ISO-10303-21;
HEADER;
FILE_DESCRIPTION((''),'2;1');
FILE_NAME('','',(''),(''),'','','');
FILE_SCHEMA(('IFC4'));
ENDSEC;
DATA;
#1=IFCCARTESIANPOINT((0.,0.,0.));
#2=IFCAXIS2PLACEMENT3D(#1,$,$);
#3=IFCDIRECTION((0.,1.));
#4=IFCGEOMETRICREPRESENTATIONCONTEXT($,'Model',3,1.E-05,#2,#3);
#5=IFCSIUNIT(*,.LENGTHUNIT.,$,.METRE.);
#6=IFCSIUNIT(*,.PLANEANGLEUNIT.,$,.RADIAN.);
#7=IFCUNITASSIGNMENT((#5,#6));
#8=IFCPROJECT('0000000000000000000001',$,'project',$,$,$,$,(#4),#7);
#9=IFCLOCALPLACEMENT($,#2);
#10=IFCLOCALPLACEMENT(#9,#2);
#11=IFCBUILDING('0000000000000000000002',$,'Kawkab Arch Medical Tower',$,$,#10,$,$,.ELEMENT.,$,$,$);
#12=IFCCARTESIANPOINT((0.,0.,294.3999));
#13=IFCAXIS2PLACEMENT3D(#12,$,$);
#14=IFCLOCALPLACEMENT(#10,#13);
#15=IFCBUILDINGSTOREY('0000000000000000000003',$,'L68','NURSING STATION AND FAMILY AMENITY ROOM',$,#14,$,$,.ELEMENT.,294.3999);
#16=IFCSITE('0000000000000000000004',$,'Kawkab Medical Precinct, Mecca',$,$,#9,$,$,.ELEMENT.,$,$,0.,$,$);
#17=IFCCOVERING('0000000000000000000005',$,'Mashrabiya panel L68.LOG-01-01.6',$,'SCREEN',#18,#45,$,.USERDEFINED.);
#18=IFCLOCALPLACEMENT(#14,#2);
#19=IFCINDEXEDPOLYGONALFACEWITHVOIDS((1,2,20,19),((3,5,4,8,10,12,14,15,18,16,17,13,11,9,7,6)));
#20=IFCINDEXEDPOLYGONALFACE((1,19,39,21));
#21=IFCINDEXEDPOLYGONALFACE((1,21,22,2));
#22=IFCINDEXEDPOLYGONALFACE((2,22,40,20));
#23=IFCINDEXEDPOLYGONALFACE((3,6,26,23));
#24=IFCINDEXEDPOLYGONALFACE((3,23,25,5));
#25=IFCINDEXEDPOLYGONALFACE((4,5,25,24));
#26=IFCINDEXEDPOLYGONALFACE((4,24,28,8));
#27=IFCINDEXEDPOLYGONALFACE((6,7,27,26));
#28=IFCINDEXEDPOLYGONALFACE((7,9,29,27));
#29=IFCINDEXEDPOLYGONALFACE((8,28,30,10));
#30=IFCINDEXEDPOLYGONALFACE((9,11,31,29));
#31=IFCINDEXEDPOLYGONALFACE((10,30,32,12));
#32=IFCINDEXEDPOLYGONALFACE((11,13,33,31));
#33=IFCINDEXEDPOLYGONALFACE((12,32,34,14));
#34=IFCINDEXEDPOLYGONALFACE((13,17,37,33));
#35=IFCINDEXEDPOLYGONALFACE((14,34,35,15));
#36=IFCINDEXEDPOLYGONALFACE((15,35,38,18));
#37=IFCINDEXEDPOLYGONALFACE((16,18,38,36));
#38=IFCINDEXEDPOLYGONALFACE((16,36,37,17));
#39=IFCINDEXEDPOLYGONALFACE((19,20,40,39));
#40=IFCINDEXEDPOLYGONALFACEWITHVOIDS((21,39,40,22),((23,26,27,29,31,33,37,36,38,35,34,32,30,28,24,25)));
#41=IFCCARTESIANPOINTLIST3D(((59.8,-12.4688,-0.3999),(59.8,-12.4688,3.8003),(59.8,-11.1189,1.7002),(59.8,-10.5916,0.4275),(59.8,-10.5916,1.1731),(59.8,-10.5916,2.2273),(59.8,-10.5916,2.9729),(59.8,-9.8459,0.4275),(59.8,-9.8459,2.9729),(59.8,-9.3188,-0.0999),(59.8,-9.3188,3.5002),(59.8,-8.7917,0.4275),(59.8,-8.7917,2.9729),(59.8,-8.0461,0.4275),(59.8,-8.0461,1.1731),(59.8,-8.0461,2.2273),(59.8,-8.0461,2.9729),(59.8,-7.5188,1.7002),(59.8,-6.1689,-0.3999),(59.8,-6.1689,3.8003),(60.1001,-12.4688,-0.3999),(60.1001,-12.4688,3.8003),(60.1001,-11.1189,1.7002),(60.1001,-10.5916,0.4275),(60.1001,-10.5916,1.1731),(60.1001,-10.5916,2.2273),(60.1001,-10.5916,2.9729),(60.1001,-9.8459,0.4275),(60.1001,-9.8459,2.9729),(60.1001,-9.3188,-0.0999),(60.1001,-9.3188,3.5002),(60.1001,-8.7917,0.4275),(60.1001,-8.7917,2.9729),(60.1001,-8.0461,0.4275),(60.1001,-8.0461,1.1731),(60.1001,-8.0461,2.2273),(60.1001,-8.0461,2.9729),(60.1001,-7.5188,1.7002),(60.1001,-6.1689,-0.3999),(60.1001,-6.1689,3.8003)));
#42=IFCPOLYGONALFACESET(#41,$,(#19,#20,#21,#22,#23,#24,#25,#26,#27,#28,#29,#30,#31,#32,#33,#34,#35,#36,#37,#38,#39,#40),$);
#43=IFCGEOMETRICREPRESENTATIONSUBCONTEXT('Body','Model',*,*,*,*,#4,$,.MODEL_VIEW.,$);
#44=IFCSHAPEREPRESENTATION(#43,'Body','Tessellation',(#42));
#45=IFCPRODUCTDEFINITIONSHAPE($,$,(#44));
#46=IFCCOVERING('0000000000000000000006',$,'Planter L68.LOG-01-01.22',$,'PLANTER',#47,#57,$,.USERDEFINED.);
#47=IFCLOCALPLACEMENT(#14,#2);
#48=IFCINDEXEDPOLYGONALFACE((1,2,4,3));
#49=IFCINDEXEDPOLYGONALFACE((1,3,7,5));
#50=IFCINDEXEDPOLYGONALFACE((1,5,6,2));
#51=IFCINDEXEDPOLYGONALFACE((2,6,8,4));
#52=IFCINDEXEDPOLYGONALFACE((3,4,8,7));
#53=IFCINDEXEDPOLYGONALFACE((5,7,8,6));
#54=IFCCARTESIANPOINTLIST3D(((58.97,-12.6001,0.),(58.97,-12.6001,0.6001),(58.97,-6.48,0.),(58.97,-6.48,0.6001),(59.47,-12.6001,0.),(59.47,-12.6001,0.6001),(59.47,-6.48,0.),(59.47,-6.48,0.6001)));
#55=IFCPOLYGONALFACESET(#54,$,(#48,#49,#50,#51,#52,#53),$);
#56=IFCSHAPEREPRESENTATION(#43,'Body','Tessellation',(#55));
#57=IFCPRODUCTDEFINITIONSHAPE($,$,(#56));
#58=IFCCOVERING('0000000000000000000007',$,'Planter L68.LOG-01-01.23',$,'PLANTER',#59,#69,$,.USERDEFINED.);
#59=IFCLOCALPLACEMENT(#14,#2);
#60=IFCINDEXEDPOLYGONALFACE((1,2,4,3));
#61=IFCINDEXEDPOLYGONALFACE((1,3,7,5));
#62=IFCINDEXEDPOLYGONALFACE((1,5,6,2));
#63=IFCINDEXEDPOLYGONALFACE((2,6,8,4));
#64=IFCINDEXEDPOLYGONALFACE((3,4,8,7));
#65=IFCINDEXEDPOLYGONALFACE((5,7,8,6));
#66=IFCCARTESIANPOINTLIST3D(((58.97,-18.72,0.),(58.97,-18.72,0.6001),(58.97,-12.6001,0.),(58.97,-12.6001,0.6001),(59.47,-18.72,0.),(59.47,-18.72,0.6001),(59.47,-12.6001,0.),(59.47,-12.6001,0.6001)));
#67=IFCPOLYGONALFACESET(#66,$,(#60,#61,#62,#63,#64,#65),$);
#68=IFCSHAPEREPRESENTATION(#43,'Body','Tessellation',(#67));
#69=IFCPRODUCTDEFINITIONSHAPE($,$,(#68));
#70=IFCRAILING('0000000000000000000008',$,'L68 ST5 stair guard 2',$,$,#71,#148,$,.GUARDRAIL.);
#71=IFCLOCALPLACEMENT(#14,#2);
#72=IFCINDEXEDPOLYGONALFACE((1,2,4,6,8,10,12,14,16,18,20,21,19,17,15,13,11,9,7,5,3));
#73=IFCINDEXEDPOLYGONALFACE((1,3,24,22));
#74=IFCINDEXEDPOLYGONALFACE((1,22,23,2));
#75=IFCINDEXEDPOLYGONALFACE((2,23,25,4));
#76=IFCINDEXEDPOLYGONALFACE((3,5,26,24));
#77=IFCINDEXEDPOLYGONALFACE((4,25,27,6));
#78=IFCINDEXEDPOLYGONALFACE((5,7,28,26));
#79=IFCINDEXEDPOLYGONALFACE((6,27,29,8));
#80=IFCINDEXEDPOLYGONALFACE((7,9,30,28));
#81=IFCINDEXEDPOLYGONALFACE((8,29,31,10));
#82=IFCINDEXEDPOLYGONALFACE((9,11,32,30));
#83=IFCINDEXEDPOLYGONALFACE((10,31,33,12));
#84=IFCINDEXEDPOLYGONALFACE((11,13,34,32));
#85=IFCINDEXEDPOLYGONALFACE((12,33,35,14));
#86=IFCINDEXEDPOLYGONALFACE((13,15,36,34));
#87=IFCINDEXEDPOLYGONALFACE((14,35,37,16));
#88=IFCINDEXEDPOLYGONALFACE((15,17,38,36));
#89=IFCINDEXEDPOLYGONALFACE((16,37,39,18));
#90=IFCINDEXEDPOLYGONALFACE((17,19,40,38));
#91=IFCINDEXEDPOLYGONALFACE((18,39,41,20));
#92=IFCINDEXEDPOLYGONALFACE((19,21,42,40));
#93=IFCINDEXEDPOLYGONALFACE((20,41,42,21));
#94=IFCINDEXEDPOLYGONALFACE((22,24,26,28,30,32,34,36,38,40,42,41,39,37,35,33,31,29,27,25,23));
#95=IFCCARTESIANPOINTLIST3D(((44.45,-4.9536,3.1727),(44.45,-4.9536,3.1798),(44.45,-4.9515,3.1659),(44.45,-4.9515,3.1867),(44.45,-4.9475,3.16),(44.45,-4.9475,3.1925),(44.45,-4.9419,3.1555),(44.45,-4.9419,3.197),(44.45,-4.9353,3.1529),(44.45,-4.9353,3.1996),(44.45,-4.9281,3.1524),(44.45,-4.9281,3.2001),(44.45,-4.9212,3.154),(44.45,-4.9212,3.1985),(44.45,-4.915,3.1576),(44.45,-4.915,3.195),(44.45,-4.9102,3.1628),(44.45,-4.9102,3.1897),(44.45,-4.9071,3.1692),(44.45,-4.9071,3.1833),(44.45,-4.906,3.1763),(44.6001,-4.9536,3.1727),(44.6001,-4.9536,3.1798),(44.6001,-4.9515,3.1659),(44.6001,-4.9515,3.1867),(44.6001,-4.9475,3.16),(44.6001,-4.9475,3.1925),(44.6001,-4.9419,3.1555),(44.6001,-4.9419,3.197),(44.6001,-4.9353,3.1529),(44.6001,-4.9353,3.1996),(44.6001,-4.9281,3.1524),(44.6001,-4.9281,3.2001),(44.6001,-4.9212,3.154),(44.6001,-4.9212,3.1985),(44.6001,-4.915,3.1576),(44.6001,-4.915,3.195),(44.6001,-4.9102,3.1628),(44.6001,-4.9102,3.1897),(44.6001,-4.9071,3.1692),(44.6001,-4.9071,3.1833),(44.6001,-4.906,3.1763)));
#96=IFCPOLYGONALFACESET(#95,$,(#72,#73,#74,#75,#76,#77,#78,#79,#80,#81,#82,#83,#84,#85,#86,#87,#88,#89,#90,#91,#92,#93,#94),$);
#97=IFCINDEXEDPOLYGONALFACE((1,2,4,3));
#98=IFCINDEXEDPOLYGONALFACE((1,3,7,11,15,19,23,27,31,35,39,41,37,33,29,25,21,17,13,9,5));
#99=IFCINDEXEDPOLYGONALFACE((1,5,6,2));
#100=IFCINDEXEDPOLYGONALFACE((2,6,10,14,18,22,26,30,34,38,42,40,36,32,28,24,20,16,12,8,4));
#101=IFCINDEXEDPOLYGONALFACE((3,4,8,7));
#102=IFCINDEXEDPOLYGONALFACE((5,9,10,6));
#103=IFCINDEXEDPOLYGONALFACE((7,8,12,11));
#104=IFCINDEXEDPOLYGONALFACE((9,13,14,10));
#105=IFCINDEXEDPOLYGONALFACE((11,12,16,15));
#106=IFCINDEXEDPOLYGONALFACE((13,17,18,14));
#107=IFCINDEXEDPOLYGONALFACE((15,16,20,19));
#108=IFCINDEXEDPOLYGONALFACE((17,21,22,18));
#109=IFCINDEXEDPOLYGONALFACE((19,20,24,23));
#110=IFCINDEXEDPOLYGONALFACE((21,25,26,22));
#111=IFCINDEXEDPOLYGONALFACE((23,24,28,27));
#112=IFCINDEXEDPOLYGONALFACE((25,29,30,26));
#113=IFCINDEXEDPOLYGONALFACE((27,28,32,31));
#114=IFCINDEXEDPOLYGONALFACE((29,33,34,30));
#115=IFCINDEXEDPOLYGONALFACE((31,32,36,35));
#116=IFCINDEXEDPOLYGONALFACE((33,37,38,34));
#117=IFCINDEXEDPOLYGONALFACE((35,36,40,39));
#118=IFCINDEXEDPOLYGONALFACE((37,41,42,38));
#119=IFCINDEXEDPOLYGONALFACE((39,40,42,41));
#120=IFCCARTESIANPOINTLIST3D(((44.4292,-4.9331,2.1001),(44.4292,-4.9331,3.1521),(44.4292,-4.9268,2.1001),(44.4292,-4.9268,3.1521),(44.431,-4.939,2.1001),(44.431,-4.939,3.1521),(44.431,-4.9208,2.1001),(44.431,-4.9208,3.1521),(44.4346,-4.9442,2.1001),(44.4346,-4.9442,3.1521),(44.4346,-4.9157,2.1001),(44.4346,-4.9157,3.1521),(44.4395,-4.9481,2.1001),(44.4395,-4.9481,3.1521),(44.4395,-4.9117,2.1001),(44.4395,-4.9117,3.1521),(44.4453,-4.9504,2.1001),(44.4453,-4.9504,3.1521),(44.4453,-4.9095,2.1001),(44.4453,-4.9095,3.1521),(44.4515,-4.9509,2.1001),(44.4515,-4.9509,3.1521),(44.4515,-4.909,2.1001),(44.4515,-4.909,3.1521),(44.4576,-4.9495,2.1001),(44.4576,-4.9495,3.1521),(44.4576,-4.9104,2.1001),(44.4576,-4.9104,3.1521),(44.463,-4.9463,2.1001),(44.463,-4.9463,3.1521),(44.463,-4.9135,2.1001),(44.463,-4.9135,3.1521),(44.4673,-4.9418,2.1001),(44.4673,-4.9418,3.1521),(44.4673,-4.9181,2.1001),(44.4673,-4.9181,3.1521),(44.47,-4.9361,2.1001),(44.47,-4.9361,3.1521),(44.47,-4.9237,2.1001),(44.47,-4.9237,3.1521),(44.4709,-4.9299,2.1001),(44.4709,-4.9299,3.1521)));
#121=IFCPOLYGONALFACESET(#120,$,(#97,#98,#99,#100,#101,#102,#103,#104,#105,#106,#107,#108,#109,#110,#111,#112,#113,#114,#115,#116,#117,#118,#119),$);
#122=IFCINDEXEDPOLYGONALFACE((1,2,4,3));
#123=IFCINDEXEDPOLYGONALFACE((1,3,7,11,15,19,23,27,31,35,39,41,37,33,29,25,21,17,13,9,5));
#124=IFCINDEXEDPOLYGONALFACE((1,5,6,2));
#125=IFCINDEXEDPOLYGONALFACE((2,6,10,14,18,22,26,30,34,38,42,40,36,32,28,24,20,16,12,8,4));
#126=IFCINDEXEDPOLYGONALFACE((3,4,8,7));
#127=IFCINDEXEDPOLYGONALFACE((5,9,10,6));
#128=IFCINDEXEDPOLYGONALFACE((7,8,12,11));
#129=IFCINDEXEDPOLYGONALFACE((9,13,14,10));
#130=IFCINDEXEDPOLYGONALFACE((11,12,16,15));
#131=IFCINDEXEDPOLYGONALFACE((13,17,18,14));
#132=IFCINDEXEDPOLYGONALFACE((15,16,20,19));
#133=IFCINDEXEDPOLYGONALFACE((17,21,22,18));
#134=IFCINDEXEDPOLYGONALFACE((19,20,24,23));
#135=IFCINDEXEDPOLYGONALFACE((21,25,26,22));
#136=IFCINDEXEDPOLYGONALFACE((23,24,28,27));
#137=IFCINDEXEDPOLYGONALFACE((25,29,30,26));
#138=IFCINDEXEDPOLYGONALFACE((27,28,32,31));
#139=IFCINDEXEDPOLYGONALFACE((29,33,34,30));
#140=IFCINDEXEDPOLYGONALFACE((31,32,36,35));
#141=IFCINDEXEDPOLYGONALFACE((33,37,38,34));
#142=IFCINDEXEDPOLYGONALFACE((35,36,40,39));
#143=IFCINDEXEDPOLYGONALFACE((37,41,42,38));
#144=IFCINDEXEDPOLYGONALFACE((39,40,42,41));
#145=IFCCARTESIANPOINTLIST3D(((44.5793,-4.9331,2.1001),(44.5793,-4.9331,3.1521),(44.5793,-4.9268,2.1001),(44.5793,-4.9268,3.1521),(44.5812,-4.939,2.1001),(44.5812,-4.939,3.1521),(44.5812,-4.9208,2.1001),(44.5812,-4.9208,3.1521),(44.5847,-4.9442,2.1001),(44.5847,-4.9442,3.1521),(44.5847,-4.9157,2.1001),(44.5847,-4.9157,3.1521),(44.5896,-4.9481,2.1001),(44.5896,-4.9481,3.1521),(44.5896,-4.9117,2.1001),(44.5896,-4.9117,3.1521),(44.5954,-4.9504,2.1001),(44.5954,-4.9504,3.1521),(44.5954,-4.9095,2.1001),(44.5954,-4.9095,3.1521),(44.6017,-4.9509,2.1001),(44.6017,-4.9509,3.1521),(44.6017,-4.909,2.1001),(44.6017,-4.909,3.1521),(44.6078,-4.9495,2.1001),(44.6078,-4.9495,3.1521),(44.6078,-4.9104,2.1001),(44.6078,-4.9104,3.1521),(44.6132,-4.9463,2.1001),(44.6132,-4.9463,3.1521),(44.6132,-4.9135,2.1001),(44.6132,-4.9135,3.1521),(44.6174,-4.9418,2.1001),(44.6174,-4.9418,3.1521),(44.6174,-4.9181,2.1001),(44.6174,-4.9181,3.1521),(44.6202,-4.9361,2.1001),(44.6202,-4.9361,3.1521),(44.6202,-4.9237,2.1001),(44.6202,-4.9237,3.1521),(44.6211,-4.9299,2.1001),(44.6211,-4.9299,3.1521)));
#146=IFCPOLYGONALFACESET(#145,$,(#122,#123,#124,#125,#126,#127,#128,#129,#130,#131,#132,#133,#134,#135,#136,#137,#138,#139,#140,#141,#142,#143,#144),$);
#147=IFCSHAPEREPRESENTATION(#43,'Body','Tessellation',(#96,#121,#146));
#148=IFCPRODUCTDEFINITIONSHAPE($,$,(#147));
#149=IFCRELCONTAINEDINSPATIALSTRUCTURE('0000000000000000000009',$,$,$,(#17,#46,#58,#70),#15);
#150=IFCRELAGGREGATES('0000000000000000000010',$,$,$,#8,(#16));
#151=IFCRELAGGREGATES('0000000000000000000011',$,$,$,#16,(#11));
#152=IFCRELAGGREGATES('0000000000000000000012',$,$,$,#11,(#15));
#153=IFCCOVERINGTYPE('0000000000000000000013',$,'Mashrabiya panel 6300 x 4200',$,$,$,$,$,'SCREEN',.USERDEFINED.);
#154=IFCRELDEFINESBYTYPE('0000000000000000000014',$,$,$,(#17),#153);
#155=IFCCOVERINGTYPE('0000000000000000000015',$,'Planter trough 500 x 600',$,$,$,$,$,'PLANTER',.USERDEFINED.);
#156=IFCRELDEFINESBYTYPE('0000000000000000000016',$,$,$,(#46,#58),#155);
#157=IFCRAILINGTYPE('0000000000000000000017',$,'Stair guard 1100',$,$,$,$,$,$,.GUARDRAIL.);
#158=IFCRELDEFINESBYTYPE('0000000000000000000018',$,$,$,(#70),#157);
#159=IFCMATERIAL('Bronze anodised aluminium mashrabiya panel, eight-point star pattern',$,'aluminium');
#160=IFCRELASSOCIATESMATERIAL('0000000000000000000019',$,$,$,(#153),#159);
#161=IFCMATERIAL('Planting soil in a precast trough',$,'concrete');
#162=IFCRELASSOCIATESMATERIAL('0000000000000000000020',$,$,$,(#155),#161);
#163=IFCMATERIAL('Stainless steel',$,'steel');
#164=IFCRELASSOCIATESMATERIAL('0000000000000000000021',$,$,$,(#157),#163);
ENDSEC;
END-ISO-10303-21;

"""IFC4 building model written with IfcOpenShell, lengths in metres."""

from ifc_helpers import new_model, si_unit, direction, frame, origin, origin_2d, place, context, subcontext, project, spatial, polyline, rectangle, circle, outline, extrude, material, material_profile, profile_set, type_object, element, save


model = new_model("IFC4")

# Units and contexts
model_context = context("Model", 3, precision=1e-05, world=origin(), true_north=direction((0.0, 1.0)))
body_context = subcontext(model_context, "Body", "Model", "MODEL_VIEW")
ifc_project = project(units=[si_unit("LENGTHUNIT", "METRE"), si_unit("PLANEANGLEUNIT", "RADIAN")], contexts=[model_context])

# Site, building, storey
site_placement = place(None, origin())
site = spatial("IfcSite", under=ifc_project, at=site_placement, Name="Kawkab Medical Precinct, Mecca", CompositionType="ELEMENT", RefElevation=0.0)
building_placement = place(site_placement, origin())
building = spatial("IfcBuilding", under=site, at=building_placement, Name="Kawkab Arch Medical Tower", CompositionType="ELEMENT")
storey_placement = place(building_placement, frame((0.0, 0.0, 294.3999)))
storey = spatial("IfcBuildingStorey", under=building, at=storey_placement, Name="L68", Description="NURSING STATION AND FAMILY AMENITY ROOM", CompositionType="ELEMENT", Elevation=294.3999)

# Coverings
ifc_material_1 = material(Name="Bronze anodised aluminium mashrabiya panel, eight-point star pattern", Category="aluminium")
ifc_material_profile_1 = material_profile(ifc_material_1, outline(polyline([(-3.1499, -2.1001), (3.1499, -2.1001), (3.1499, 2.1001), (-3.1499, 2.1001), (-3.1499, -2.1001)]), holes=[polyline([(1.8, 0.0), (1.2727, 0.5271), (1.2727, 1.2727), (0.5271, 1.2727), (0.0, 1.8), (-0.5271, 1.2727), (-1.2727, 1.2727), (-1.2727, 0.5271), (-1.8, 0.0), (-1.2727, -0.5271), (-1.2727, -1.2727), (-0.5271, -1.2727), (0.0, -1.8), (0.5271, -1.2727), (1.2727, -1.2727), (1.2727, -0.5271), (1.8, 0.0)])]), Name="Mashrabiya panel 6300x4200")
ifc_profile_set_1 = profile_set([ifc_material_profile_1], Name="Bronze anodised aluminium mashrabiya panel, eight-point star pattern")
covering_type_1 = type_object("IfcCoveringType", Name="Mashrabiya panel 6300 x 4200", ElementType="SCREEN", PredefinedType="USERDEFINED", material=ifc_profile_set_1)
covering_1_placement = place(storey_placement, frame((59.8, -9.3188, 1.7002), z_axis=(1.0, 0.0, 0.0), x_axis=(0.0, 1.0, 0.0)))
element("IfcCovering", 1, at=covering_1_placement, inside=storey, type_object=covering_type_1, Name="Mashrabiya panel L68.LOG-01-01.6", ObjectType="SCREEN", PredefinedType="USERDEFINED", context=body_context, shape_type="SweptSolid", body=[
    extrude(outline(polyline([(-3.1499, -2.1001), (3.1499, -2.1001), (3.1499, 2.1001), (-3.1499, 2.1001), (-3.1499, -2.1001)]), holes=[polyline([(1.8, 0.0), (1.2727, 0.5271), (1.2727, 1.2727), (0.5271, 1.2727), (0.0, 1.8), (-0.5271, 1.2727), (-1.2727, 1.2727), (-1.2727, 0.5271), (-1.8, 0.0), (-1.2727, -0.5271), (-1.2727, -1.2727), (-0.5271, -1.2727), (0.0, -1.8), (0.5271, -1.2727), (1.2727, -1.2727), (1.2727, -0.5271), (1.8, 0.0)])]), origin(), (0.0, 0.0, 1.0), 0.3),
])
ifc_material_2 = material(Name="Planting soil in a precast trough", Category="concrete")
ifc_material_profile_2 = material_profile(ifc_material_2, rectangle(XDim=0.5, YDim=0.6001, at=origin_2d()), Name="Trough 500x600")
ifc_profile_set_2 = profile_set([ifc_material_profile_2], Name="Planting soil in a precast trough")
covering_type_2 = type_object("IfcCoveringType", Name="Planter trough 500 x 600", ElementType="PLANTER", PredefinedType="USERDEFINED", material=ifc_profile_set_2)
covering_2_placement = place(storey_placement, frame((59.22, -6.48, 0.3), z_axis=(0.0, -1.0, 0.0), x_axis=(1.0, 0.0, 0.0)))
element("IfcCovering", 2, at=covering_2_placement, inside=storey, type_object=covering_type_2, Name="Planter L68.LOG-01-01.22", ObjectType="PLANTER", PredefinedType="USERDEFINED", context=body_context, shape_type="SweptSolid", body=[
    extrude(rectangle(XDim=0.5, YDim=0.6001, at=origin_2d()), origin(), (0.0, 0.0, 1.0), 6.1201),
])
covering_3_placement = place(storey_placement, frame((59.22, -12.6001, 0.3), z_axis=(0.0, -1.0, 0.0), x_axis=(1.0, 0.0, 0.0)))
element("IfcCovering", 3, at=covering_3_placement, inside=storey, type_object=covering_type_2, Name="Planter L68.LOG-01-01.23", ObjectType="PLANTER", PredefinedType="USERDEFINED", context=body_context, shape_type="SweptSolid", body=[
    extrude(rectangle(XDim=0.5, YDim=0.6001, at=origin_2d()), origin(), (0.0, 0.0, 1.0), 6.1199),
])

# Railing
ifc_material_3 = material(Name="Stainless steel", Category="steel")
railing_type_1 = type_object("IfcRailingType", Name="Stair guard 1100", PredefinedType="GUARDRAIL", material=ifc_material_3)
railing_1_placement = place(storey_placement, frame((44.45, -4.9299, 2.1001)))
element("IfcRailing", 4, at=railing_1_placement, inside=storey, type_object=railing_type_1, Name="L68 ST5 stair guard 2", PredefinedType="GUARDRAIL", context=body_context, shape_type="SweptSolid", body=[
    extrude(circle(Radius=0.0239, at=origin_2d()), frame((0.0, 0.0, 1.0762), z_axis=(1.0, 0.0, 0.0), x_axis=(0.0, 1.0, 0.0)), (0.0, 0.0, 1.0), 0.1501),
    extrude(circle(Radius=0.021, at=origin_2d()), origin(), (0.0, 0.0, 1.0), 1.052),
    extrude(circle(Radius=0.021, at=origin_2d()), frame((0.1501, 0.0, 0.0)), (0.0, 0.0, 1.0), 1.052),
])

save(model, "model.ifc")
